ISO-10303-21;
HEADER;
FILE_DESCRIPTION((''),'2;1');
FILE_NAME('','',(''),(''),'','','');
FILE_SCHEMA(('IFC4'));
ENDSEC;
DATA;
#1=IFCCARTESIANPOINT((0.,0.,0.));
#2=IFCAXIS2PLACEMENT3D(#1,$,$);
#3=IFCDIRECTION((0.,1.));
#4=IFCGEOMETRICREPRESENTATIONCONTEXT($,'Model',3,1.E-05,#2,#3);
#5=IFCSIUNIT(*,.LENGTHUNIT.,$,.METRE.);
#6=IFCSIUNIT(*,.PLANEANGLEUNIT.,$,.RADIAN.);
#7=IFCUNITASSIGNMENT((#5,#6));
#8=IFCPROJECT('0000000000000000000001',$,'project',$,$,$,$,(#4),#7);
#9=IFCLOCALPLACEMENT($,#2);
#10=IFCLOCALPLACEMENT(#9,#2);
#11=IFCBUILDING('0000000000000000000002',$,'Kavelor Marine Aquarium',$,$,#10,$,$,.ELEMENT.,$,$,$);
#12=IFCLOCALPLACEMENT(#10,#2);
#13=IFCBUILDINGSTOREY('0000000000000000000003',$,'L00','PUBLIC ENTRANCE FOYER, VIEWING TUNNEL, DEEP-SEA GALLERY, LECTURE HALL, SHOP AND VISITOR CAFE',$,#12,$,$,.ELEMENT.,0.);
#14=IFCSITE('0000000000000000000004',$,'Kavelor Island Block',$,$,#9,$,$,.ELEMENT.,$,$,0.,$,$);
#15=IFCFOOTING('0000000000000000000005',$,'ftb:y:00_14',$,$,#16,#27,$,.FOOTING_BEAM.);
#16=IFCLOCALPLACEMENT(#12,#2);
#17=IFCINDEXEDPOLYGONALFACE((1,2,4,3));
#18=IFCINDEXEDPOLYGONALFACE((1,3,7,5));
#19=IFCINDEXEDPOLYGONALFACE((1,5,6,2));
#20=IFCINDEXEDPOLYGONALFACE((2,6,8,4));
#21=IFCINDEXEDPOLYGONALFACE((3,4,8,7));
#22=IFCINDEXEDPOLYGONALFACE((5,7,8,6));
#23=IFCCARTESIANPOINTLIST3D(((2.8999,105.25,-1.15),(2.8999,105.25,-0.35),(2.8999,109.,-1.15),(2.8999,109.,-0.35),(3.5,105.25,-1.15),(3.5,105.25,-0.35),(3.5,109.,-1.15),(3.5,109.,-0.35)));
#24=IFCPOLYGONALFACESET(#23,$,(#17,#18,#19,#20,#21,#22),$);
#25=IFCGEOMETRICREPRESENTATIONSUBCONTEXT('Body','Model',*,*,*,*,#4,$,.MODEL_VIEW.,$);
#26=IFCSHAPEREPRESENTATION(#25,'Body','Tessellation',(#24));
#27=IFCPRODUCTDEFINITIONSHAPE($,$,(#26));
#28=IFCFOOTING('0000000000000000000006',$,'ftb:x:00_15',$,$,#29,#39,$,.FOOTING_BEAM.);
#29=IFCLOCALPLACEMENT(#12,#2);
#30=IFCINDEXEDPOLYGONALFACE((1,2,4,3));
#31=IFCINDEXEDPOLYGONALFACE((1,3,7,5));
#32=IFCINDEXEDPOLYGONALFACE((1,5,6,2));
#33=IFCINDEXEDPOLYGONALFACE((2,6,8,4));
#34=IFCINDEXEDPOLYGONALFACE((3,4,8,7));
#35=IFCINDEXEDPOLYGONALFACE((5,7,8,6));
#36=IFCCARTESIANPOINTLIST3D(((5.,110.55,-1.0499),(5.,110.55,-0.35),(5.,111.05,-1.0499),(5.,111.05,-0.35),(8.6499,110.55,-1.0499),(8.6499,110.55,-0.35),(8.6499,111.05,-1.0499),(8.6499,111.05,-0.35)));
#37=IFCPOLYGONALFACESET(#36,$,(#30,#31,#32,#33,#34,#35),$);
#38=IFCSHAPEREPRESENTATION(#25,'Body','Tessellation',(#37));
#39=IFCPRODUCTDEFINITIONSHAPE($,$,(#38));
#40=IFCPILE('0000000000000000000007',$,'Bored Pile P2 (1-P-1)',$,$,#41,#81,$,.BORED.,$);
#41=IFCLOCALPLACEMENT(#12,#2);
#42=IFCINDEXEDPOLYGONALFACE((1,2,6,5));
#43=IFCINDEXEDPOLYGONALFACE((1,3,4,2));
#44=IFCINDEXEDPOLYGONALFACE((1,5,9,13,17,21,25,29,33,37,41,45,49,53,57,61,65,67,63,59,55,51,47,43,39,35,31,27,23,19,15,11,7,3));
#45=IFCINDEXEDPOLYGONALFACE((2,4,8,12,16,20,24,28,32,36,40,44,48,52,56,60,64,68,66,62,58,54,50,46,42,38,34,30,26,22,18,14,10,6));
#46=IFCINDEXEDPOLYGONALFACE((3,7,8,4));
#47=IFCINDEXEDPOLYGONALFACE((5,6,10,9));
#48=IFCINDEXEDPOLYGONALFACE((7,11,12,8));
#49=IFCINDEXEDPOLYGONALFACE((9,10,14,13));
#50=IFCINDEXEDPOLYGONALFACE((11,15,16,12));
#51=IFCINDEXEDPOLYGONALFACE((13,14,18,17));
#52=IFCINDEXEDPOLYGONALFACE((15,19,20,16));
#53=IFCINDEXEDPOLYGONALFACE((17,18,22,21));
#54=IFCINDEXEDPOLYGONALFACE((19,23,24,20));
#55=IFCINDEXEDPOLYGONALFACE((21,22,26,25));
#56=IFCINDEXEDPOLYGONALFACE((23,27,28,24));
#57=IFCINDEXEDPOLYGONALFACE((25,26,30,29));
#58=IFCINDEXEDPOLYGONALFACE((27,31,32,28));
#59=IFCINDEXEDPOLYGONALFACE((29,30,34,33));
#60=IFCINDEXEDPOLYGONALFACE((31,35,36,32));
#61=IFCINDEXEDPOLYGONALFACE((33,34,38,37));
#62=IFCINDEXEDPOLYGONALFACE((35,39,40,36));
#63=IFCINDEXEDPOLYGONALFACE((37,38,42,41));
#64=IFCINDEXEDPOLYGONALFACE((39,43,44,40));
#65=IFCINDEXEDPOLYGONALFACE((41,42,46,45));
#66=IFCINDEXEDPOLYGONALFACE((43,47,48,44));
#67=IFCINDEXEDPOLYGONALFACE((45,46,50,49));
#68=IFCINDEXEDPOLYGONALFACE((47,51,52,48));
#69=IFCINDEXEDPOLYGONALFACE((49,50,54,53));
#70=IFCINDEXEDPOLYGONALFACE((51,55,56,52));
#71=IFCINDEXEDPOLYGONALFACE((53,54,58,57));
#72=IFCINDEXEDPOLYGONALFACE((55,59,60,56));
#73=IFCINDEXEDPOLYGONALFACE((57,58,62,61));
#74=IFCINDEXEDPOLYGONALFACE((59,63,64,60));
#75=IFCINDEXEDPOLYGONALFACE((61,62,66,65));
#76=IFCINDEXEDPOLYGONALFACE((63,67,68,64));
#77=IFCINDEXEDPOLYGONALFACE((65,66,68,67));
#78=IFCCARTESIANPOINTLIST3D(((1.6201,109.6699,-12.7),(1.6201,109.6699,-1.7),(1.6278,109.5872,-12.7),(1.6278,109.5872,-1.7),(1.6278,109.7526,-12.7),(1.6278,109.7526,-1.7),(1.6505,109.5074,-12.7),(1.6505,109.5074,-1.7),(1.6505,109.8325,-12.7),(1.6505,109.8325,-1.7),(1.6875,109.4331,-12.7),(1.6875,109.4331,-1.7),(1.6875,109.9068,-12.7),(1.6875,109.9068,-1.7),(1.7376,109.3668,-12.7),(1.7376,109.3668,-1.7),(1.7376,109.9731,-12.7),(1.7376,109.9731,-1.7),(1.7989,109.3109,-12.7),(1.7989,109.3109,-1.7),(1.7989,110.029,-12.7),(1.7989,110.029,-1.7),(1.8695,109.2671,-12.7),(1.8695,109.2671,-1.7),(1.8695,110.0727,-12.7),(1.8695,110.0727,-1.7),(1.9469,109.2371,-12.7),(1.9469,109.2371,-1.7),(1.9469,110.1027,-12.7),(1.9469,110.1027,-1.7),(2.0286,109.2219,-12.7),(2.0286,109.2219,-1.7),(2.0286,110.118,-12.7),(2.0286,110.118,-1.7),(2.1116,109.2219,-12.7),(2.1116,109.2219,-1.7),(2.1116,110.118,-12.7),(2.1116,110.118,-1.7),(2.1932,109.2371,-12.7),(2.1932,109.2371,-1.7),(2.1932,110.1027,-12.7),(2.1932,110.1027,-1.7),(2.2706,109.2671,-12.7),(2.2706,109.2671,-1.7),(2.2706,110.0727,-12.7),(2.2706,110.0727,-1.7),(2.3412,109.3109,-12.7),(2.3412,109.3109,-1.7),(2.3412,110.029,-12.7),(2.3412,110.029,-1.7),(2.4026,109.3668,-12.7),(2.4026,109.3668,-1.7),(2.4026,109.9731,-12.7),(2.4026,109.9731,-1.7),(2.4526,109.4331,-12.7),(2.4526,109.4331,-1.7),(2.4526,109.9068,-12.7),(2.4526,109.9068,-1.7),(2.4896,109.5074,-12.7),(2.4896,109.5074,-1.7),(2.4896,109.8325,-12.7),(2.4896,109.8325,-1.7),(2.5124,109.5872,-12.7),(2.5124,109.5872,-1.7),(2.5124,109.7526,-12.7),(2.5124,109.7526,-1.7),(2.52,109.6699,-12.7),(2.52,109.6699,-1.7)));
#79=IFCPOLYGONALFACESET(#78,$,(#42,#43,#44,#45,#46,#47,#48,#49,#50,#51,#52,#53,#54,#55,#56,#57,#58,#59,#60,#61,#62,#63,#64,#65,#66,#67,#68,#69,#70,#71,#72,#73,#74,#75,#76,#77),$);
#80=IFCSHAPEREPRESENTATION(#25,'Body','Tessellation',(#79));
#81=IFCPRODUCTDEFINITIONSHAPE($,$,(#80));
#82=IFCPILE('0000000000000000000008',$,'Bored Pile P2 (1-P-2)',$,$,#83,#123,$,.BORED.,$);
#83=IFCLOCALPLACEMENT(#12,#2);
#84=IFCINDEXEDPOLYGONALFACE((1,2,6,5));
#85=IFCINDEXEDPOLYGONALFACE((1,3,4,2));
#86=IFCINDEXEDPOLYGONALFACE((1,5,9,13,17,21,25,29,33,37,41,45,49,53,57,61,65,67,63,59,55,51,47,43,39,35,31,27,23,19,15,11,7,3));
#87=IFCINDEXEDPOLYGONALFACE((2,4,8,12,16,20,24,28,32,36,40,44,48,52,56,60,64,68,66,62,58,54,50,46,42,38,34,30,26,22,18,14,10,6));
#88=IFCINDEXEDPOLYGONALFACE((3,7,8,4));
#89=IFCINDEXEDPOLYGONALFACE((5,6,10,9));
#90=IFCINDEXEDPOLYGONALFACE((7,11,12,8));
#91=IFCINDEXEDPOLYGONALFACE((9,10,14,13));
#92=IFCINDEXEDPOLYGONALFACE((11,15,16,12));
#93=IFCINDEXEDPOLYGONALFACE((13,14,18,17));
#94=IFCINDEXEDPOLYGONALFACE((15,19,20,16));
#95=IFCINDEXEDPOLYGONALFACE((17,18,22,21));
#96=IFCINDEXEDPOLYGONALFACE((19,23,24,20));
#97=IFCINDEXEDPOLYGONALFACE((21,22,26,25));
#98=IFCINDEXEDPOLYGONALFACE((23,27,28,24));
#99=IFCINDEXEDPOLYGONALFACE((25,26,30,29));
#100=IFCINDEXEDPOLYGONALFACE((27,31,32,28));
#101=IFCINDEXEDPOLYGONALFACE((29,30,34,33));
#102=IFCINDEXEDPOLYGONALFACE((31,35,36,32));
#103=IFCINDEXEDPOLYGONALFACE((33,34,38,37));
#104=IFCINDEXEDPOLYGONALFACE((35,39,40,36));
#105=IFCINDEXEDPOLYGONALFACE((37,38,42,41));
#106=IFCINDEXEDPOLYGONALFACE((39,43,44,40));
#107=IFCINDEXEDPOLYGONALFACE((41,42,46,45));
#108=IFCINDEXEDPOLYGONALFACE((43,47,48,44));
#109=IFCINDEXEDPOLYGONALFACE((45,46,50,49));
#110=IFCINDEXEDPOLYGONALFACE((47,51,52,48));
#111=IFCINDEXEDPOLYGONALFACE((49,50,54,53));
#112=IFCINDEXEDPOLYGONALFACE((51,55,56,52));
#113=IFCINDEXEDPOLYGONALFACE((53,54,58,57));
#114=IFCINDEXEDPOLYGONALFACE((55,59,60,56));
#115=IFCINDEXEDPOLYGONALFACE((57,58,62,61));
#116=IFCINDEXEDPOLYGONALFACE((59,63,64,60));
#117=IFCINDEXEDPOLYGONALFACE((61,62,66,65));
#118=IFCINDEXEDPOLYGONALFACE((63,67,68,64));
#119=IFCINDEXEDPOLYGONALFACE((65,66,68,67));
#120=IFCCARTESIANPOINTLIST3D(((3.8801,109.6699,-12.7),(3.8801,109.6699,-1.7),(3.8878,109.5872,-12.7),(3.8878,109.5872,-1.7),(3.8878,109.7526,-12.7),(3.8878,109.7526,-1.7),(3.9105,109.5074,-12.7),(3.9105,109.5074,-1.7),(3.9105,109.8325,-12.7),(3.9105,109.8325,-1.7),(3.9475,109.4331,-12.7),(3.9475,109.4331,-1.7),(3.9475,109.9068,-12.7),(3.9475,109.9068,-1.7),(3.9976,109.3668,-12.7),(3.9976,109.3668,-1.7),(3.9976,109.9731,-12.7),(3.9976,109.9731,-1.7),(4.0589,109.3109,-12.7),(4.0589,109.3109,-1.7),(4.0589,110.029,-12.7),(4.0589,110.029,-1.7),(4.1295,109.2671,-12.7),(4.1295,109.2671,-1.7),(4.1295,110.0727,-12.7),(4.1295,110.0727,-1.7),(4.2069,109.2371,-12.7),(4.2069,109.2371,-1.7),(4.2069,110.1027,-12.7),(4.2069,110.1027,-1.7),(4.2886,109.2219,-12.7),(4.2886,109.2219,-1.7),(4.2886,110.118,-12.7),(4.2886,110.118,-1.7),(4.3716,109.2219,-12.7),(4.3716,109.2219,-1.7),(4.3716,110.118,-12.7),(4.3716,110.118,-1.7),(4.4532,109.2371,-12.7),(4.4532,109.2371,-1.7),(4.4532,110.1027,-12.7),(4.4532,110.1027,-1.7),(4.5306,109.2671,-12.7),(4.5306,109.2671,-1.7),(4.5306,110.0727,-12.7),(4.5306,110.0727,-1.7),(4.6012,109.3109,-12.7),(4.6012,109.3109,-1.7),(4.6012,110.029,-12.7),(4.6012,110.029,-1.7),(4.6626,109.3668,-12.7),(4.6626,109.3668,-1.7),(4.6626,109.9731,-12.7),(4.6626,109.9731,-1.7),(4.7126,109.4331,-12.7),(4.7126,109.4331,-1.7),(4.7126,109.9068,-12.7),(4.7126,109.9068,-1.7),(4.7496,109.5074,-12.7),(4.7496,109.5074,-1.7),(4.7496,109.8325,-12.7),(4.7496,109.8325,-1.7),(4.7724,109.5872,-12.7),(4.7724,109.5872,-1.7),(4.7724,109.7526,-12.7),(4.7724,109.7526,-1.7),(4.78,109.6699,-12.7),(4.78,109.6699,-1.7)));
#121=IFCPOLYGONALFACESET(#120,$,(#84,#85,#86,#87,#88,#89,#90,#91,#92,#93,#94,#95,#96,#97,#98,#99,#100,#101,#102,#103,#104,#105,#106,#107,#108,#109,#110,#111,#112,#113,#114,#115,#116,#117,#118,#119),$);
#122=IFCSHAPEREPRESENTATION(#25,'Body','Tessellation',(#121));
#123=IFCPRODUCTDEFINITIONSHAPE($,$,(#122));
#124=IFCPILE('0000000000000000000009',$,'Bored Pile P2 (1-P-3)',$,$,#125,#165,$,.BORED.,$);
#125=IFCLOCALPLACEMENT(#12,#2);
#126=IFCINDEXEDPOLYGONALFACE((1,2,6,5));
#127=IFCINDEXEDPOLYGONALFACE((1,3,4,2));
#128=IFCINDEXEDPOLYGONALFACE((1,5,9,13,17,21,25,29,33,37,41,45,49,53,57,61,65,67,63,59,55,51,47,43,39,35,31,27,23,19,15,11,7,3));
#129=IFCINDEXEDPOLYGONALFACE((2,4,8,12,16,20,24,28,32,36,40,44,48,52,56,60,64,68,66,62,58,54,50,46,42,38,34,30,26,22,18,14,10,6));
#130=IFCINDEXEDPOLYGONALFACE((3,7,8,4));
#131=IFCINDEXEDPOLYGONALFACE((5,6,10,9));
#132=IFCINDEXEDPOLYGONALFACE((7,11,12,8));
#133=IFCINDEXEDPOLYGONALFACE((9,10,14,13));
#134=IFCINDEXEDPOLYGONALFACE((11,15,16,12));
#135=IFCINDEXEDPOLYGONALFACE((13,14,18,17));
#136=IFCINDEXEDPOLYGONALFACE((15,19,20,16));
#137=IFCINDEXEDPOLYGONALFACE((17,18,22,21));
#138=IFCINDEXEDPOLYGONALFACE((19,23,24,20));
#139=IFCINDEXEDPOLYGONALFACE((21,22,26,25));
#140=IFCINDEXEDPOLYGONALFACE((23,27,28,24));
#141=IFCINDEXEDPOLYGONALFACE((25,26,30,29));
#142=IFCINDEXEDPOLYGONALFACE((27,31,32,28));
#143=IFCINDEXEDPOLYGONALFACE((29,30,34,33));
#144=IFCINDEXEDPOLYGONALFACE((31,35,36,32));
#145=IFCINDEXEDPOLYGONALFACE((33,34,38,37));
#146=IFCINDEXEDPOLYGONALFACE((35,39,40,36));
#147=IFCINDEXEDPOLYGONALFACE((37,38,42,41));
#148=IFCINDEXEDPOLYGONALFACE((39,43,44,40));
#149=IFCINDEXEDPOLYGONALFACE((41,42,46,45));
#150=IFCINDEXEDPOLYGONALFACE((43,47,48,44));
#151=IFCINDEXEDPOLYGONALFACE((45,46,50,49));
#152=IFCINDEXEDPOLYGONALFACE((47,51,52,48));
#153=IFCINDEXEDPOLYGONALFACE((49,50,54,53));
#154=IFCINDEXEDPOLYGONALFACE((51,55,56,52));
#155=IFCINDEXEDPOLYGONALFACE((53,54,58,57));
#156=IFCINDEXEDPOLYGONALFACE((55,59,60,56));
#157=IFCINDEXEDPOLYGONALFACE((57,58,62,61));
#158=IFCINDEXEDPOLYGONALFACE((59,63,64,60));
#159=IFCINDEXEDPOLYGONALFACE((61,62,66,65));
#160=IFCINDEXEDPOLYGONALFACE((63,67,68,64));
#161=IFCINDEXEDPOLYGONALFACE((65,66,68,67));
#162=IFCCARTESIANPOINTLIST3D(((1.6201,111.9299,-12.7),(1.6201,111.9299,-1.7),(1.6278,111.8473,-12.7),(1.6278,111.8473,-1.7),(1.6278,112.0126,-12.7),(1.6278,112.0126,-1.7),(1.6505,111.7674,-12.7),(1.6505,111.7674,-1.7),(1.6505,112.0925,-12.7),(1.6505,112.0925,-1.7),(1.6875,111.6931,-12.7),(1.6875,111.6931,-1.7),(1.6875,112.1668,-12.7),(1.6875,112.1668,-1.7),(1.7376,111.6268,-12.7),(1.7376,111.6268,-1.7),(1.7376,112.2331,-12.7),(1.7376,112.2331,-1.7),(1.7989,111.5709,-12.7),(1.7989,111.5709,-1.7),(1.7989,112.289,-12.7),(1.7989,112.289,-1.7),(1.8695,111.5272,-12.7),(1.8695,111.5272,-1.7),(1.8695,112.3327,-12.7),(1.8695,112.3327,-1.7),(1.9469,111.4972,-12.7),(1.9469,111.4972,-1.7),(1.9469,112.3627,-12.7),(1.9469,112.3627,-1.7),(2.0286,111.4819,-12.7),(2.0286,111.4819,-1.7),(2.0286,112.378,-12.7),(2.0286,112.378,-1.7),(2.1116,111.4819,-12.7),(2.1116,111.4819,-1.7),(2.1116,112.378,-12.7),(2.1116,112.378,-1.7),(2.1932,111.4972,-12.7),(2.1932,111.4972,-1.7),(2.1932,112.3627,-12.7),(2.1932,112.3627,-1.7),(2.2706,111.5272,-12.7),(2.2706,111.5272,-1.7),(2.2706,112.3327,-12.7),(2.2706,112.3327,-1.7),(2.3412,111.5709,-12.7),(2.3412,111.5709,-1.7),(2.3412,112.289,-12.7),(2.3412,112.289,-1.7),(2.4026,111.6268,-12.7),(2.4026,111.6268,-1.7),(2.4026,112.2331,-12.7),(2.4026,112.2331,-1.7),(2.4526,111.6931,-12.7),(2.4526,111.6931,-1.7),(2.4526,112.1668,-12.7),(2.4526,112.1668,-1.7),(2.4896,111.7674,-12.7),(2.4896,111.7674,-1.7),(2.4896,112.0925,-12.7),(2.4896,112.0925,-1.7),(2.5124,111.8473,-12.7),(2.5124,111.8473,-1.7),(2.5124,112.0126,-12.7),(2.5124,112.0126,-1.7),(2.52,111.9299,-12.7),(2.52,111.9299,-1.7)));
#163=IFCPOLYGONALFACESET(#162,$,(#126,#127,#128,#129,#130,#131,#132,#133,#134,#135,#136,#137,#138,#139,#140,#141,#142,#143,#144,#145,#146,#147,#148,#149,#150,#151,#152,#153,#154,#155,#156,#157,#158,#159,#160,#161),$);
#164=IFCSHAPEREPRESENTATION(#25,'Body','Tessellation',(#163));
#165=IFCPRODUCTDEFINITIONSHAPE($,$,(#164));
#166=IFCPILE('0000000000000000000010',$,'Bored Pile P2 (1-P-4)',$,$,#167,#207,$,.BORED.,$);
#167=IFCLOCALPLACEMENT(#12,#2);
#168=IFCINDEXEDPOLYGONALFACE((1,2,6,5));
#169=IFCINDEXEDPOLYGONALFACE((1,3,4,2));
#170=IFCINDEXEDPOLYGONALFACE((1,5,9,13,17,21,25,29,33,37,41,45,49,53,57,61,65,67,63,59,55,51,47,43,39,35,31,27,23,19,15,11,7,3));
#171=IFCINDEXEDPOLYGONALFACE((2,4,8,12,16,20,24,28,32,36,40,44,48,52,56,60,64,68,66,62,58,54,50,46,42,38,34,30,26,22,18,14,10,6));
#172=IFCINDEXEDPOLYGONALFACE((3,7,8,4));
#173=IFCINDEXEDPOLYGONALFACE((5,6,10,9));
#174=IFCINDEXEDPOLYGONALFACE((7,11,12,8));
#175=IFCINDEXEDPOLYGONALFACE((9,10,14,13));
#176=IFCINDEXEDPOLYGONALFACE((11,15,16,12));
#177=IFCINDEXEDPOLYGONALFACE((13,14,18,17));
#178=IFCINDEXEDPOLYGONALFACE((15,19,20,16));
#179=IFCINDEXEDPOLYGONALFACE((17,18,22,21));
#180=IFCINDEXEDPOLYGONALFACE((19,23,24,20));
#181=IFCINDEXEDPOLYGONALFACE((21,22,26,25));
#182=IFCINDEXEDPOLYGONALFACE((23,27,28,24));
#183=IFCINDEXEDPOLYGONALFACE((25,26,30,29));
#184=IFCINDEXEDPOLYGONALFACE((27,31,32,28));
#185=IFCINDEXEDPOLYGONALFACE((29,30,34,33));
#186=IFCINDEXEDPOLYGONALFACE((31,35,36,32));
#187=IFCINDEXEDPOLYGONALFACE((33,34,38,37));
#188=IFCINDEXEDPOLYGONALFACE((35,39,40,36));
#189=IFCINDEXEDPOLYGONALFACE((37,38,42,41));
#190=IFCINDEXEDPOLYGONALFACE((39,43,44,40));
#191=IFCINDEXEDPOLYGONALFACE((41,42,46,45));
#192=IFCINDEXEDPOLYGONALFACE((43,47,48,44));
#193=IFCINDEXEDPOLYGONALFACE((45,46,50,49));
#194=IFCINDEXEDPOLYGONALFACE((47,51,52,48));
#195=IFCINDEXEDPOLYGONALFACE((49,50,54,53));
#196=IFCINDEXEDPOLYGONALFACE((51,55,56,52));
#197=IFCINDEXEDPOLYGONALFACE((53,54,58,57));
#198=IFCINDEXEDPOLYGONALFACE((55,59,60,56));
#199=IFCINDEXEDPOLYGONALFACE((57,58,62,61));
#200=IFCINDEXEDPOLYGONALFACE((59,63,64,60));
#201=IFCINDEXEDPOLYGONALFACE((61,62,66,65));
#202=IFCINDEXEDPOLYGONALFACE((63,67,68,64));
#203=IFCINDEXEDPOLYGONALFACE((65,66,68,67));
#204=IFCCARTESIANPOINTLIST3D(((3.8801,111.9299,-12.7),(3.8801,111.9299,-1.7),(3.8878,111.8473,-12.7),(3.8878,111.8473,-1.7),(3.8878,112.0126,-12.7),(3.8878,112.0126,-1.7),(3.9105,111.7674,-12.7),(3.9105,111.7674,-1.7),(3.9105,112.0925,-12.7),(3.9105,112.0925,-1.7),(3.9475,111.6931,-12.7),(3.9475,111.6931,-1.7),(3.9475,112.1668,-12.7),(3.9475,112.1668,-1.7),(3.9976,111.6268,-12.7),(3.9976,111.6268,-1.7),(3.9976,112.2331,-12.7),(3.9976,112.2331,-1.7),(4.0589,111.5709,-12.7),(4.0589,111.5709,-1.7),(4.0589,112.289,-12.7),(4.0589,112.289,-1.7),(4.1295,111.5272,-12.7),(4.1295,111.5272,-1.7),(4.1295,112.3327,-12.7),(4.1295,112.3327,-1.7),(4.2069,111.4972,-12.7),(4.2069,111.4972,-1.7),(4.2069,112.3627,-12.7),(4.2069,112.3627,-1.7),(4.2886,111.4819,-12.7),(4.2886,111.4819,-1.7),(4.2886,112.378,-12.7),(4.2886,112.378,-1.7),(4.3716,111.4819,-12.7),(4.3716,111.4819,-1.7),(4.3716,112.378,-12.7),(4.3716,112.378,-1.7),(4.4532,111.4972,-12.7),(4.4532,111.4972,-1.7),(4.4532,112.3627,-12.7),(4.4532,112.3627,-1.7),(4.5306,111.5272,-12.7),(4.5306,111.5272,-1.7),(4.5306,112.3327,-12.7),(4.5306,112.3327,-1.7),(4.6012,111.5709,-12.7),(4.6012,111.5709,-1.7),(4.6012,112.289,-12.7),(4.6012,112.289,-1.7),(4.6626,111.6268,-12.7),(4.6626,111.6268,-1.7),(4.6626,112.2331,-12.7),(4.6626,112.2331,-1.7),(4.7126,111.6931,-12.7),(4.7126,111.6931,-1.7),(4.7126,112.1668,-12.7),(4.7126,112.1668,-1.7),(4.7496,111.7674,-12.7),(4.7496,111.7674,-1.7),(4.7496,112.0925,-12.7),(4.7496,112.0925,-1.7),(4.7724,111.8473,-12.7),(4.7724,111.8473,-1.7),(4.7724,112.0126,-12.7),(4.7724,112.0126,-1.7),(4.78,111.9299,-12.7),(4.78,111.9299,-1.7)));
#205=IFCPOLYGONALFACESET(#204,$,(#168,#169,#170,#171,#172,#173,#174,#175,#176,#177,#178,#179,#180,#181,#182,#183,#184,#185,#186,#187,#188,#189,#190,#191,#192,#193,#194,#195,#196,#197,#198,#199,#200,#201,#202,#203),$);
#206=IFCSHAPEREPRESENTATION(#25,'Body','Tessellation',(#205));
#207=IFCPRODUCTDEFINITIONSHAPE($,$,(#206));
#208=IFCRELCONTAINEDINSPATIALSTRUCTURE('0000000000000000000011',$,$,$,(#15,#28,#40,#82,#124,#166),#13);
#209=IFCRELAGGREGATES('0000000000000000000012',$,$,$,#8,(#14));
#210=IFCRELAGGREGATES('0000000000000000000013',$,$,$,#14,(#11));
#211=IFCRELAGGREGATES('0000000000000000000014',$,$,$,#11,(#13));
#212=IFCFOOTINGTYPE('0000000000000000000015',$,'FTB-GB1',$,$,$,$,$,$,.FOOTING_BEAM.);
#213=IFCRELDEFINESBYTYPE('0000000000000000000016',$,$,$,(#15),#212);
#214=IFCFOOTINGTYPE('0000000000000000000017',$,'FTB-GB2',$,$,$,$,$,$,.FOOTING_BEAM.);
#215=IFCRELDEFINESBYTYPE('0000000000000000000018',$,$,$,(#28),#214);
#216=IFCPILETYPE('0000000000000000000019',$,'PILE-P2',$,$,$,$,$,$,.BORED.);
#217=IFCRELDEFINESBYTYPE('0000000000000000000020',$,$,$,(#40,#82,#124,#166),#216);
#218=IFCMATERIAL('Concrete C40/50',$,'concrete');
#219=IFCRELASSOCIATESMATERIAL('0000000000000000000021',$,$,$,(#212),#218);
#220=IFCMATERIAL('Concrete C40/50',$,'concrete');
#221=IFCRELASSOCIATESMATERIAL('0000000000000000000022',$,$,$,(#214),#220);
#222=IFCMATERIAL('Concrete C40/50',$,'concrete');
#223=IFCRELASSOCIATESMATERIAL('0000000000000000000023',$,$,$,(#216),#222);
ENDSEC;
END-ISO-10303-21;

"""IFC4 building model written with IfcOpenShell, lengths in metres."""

from ifc_helpers import new_model, si_unit, direction, frame, origin, origin_2d, place, context, subcontext, project, spatial, rectangle, circle, extrude, material, material_profile, profile_set, type_object, element, save


model = new_model("IFC4")

# Units and contexts
model_context = context("Model", 3, precision=1e-05, world=origin(), true_north=direction((0.0, 1.0)))
body_context = subcontext(model_context, "Body", "Model", "MODEL_VIEW")
ifc_project = project(units=[si_unit("LENGTHUNIT", "METRE"), si_unit("PLANEANGLEUNIT", "RADIAN")], contexts=[model_context])

# Site, building, storey
site_placement = place(None, origin())
site = spatial("IfcSite", under=ifc_project, at=site_placement, Name="Kavelor Island Block", CompositionType="ELEMENT", RefElevation=0.0)
building_placement = place(site_placement, origin())
building = spatial("IfcBuilding", under=site, at=building_placement, Name="Kavelor Marine Aquarium", CompositionType="ELEMENT")
storey_placement = place(building_placement, origin())
storey = spatial("IfcBuildingStorey", under=building, at=storey_placement, Name="L00", Description="PUBLIC ENTRANCE FOYER, VIEWING TUNNEL, DEEP-SEA GALLERY, LECTURE HALL, SHOP AND VISITOR CAFE", CompositionType="ELEMENT", Elevation=0.0)

# Footings
ifc_material_1 = material(Name="Concrete C40/50", Category="concrete")
ifc_material_profile_1 = material_profile(ifc_material_1, rectangle(XDim=0.6001, YDim=0.8, at=origin_2d()), Name="GB 600x800")
ifc_profile_set_1 = profile_set([ifc_material_profile_1], Name="Concrete C40/50")
footing_type_1 = type_object("IfcFootingType", Name="FTB-GB1", PredefinedType="FOOTING_BEAM", material=ifc_profile_set_1)
footing_1_placement = place(storey_placement, frame((3.2, 105.25, -0.75), z_axis=(0.0, 1.0, 0.0), x_axis=(-1.0, 0.0, 0.0)))
element("IfcFooting", 1, at=footing_1_placement, inside=storey, type_object=footing_type_1, Name="ftb:y:00_14", PredefinedType="FOOTING_BEAM", context=body_context, shape_type="SweptSolid", body=[
    extrude(rectangle(XDim=0.6001, YDim=0.8, at=origin_2d()), origin(), (0.0, 0.0, 1.0), 3.75),
])
ifc_material_2 = material(Name="Concrete C40/50", Category="concrete")
ifc_material_profile_2 = material_profile(ifc_material_2, rectangle(XDim=0.5, YDim=0.7, at=origin_2d()), Name="GB 500x700")
ifc_profile_set_2 = profile_set([ifc_material_profile_2], Name="Concrete C40/50")
footing_type_2 = type_object("IfcFootingType", Name="FTB-GB2", PredefinedType="FOOTING_BEAM", material=ifc_profile_set_2)
footing_2_placement = place(storey_placement, frame((5.0, 110.8, -0.7), z_axis=(1.0, 0.0, 0.0), x_axis=(0.0, 1.0, 0.0)))
element("IfcFooting", 2, at=footing_2_placement, inside=storey, type_object=footing_type_2, Name="ftb:x:00_15", PredefinedType="FOOTING_BEAM", context=body_context, shape_type="SweptSolid", body=[
    extrude(rectangle(XDim=0.5, YDim=0.7, at=origin_2d()), origin(), (0.0, 0.0, 1.0), 3.6499),
])

# Piles
ifc_material_3 = material(Name="Concrete C40/50", Category="concrete")
ifc_material_profile_3 = material_profile(ifc_material_3, circle(Radius=0.45, at=origin_2d()), Name="PILE D900")
ifc_profile_set_3 = profile_set([ifc_material_profile_3], Name="Concrete C40/50")
pile_type_1 = type_object("IfcPileType", Name="PILE-P2", PredefinedType="BORED", material=ifc_profile_set_3)
for number, where, z_axis, x_axis, name in (
    (3, (2.0701, 109.6699, -1.7), (0.0, 0.0, -1.0), (1.0, 0.0, 0.0), "Bored Pile P2 (1-P-1)"),
    (4, (4.3301, 109.6699, -1.7), (0.0, 0.0, -1.0), (1.0, 0.0, 0.0), "Bored Pile P2 (1-P-2)"),
    (5, (2.0701, 111.9299, -1.7), (0.0, 0.0, -1.0), (1.0, 0.0, 0.0), "Bored Pile P2 (1-P-3)"),
    (6, (4.3301, 111.9299, -1.7), (0.0, 0.0, -1.0), (1.0, 0.0, 0.0), "Bored Pile P2 (1-P-4)"),
):
    element("IfcPile", number, at=place(storey_placement, frame(where, z_axis=z_axis, x_axis=x_axis)), inside=storey, type_object=pile_type_1, Name=name, PredefinedType="BORED", context=body_context, shape_type="SweptSolid", body=[
        extrude(circle(Radius=0.45, at=origin_2d()), origin(), (0.0, 0.0, 1.0), 11.0),
    ])

save(model, "model.ifc")
